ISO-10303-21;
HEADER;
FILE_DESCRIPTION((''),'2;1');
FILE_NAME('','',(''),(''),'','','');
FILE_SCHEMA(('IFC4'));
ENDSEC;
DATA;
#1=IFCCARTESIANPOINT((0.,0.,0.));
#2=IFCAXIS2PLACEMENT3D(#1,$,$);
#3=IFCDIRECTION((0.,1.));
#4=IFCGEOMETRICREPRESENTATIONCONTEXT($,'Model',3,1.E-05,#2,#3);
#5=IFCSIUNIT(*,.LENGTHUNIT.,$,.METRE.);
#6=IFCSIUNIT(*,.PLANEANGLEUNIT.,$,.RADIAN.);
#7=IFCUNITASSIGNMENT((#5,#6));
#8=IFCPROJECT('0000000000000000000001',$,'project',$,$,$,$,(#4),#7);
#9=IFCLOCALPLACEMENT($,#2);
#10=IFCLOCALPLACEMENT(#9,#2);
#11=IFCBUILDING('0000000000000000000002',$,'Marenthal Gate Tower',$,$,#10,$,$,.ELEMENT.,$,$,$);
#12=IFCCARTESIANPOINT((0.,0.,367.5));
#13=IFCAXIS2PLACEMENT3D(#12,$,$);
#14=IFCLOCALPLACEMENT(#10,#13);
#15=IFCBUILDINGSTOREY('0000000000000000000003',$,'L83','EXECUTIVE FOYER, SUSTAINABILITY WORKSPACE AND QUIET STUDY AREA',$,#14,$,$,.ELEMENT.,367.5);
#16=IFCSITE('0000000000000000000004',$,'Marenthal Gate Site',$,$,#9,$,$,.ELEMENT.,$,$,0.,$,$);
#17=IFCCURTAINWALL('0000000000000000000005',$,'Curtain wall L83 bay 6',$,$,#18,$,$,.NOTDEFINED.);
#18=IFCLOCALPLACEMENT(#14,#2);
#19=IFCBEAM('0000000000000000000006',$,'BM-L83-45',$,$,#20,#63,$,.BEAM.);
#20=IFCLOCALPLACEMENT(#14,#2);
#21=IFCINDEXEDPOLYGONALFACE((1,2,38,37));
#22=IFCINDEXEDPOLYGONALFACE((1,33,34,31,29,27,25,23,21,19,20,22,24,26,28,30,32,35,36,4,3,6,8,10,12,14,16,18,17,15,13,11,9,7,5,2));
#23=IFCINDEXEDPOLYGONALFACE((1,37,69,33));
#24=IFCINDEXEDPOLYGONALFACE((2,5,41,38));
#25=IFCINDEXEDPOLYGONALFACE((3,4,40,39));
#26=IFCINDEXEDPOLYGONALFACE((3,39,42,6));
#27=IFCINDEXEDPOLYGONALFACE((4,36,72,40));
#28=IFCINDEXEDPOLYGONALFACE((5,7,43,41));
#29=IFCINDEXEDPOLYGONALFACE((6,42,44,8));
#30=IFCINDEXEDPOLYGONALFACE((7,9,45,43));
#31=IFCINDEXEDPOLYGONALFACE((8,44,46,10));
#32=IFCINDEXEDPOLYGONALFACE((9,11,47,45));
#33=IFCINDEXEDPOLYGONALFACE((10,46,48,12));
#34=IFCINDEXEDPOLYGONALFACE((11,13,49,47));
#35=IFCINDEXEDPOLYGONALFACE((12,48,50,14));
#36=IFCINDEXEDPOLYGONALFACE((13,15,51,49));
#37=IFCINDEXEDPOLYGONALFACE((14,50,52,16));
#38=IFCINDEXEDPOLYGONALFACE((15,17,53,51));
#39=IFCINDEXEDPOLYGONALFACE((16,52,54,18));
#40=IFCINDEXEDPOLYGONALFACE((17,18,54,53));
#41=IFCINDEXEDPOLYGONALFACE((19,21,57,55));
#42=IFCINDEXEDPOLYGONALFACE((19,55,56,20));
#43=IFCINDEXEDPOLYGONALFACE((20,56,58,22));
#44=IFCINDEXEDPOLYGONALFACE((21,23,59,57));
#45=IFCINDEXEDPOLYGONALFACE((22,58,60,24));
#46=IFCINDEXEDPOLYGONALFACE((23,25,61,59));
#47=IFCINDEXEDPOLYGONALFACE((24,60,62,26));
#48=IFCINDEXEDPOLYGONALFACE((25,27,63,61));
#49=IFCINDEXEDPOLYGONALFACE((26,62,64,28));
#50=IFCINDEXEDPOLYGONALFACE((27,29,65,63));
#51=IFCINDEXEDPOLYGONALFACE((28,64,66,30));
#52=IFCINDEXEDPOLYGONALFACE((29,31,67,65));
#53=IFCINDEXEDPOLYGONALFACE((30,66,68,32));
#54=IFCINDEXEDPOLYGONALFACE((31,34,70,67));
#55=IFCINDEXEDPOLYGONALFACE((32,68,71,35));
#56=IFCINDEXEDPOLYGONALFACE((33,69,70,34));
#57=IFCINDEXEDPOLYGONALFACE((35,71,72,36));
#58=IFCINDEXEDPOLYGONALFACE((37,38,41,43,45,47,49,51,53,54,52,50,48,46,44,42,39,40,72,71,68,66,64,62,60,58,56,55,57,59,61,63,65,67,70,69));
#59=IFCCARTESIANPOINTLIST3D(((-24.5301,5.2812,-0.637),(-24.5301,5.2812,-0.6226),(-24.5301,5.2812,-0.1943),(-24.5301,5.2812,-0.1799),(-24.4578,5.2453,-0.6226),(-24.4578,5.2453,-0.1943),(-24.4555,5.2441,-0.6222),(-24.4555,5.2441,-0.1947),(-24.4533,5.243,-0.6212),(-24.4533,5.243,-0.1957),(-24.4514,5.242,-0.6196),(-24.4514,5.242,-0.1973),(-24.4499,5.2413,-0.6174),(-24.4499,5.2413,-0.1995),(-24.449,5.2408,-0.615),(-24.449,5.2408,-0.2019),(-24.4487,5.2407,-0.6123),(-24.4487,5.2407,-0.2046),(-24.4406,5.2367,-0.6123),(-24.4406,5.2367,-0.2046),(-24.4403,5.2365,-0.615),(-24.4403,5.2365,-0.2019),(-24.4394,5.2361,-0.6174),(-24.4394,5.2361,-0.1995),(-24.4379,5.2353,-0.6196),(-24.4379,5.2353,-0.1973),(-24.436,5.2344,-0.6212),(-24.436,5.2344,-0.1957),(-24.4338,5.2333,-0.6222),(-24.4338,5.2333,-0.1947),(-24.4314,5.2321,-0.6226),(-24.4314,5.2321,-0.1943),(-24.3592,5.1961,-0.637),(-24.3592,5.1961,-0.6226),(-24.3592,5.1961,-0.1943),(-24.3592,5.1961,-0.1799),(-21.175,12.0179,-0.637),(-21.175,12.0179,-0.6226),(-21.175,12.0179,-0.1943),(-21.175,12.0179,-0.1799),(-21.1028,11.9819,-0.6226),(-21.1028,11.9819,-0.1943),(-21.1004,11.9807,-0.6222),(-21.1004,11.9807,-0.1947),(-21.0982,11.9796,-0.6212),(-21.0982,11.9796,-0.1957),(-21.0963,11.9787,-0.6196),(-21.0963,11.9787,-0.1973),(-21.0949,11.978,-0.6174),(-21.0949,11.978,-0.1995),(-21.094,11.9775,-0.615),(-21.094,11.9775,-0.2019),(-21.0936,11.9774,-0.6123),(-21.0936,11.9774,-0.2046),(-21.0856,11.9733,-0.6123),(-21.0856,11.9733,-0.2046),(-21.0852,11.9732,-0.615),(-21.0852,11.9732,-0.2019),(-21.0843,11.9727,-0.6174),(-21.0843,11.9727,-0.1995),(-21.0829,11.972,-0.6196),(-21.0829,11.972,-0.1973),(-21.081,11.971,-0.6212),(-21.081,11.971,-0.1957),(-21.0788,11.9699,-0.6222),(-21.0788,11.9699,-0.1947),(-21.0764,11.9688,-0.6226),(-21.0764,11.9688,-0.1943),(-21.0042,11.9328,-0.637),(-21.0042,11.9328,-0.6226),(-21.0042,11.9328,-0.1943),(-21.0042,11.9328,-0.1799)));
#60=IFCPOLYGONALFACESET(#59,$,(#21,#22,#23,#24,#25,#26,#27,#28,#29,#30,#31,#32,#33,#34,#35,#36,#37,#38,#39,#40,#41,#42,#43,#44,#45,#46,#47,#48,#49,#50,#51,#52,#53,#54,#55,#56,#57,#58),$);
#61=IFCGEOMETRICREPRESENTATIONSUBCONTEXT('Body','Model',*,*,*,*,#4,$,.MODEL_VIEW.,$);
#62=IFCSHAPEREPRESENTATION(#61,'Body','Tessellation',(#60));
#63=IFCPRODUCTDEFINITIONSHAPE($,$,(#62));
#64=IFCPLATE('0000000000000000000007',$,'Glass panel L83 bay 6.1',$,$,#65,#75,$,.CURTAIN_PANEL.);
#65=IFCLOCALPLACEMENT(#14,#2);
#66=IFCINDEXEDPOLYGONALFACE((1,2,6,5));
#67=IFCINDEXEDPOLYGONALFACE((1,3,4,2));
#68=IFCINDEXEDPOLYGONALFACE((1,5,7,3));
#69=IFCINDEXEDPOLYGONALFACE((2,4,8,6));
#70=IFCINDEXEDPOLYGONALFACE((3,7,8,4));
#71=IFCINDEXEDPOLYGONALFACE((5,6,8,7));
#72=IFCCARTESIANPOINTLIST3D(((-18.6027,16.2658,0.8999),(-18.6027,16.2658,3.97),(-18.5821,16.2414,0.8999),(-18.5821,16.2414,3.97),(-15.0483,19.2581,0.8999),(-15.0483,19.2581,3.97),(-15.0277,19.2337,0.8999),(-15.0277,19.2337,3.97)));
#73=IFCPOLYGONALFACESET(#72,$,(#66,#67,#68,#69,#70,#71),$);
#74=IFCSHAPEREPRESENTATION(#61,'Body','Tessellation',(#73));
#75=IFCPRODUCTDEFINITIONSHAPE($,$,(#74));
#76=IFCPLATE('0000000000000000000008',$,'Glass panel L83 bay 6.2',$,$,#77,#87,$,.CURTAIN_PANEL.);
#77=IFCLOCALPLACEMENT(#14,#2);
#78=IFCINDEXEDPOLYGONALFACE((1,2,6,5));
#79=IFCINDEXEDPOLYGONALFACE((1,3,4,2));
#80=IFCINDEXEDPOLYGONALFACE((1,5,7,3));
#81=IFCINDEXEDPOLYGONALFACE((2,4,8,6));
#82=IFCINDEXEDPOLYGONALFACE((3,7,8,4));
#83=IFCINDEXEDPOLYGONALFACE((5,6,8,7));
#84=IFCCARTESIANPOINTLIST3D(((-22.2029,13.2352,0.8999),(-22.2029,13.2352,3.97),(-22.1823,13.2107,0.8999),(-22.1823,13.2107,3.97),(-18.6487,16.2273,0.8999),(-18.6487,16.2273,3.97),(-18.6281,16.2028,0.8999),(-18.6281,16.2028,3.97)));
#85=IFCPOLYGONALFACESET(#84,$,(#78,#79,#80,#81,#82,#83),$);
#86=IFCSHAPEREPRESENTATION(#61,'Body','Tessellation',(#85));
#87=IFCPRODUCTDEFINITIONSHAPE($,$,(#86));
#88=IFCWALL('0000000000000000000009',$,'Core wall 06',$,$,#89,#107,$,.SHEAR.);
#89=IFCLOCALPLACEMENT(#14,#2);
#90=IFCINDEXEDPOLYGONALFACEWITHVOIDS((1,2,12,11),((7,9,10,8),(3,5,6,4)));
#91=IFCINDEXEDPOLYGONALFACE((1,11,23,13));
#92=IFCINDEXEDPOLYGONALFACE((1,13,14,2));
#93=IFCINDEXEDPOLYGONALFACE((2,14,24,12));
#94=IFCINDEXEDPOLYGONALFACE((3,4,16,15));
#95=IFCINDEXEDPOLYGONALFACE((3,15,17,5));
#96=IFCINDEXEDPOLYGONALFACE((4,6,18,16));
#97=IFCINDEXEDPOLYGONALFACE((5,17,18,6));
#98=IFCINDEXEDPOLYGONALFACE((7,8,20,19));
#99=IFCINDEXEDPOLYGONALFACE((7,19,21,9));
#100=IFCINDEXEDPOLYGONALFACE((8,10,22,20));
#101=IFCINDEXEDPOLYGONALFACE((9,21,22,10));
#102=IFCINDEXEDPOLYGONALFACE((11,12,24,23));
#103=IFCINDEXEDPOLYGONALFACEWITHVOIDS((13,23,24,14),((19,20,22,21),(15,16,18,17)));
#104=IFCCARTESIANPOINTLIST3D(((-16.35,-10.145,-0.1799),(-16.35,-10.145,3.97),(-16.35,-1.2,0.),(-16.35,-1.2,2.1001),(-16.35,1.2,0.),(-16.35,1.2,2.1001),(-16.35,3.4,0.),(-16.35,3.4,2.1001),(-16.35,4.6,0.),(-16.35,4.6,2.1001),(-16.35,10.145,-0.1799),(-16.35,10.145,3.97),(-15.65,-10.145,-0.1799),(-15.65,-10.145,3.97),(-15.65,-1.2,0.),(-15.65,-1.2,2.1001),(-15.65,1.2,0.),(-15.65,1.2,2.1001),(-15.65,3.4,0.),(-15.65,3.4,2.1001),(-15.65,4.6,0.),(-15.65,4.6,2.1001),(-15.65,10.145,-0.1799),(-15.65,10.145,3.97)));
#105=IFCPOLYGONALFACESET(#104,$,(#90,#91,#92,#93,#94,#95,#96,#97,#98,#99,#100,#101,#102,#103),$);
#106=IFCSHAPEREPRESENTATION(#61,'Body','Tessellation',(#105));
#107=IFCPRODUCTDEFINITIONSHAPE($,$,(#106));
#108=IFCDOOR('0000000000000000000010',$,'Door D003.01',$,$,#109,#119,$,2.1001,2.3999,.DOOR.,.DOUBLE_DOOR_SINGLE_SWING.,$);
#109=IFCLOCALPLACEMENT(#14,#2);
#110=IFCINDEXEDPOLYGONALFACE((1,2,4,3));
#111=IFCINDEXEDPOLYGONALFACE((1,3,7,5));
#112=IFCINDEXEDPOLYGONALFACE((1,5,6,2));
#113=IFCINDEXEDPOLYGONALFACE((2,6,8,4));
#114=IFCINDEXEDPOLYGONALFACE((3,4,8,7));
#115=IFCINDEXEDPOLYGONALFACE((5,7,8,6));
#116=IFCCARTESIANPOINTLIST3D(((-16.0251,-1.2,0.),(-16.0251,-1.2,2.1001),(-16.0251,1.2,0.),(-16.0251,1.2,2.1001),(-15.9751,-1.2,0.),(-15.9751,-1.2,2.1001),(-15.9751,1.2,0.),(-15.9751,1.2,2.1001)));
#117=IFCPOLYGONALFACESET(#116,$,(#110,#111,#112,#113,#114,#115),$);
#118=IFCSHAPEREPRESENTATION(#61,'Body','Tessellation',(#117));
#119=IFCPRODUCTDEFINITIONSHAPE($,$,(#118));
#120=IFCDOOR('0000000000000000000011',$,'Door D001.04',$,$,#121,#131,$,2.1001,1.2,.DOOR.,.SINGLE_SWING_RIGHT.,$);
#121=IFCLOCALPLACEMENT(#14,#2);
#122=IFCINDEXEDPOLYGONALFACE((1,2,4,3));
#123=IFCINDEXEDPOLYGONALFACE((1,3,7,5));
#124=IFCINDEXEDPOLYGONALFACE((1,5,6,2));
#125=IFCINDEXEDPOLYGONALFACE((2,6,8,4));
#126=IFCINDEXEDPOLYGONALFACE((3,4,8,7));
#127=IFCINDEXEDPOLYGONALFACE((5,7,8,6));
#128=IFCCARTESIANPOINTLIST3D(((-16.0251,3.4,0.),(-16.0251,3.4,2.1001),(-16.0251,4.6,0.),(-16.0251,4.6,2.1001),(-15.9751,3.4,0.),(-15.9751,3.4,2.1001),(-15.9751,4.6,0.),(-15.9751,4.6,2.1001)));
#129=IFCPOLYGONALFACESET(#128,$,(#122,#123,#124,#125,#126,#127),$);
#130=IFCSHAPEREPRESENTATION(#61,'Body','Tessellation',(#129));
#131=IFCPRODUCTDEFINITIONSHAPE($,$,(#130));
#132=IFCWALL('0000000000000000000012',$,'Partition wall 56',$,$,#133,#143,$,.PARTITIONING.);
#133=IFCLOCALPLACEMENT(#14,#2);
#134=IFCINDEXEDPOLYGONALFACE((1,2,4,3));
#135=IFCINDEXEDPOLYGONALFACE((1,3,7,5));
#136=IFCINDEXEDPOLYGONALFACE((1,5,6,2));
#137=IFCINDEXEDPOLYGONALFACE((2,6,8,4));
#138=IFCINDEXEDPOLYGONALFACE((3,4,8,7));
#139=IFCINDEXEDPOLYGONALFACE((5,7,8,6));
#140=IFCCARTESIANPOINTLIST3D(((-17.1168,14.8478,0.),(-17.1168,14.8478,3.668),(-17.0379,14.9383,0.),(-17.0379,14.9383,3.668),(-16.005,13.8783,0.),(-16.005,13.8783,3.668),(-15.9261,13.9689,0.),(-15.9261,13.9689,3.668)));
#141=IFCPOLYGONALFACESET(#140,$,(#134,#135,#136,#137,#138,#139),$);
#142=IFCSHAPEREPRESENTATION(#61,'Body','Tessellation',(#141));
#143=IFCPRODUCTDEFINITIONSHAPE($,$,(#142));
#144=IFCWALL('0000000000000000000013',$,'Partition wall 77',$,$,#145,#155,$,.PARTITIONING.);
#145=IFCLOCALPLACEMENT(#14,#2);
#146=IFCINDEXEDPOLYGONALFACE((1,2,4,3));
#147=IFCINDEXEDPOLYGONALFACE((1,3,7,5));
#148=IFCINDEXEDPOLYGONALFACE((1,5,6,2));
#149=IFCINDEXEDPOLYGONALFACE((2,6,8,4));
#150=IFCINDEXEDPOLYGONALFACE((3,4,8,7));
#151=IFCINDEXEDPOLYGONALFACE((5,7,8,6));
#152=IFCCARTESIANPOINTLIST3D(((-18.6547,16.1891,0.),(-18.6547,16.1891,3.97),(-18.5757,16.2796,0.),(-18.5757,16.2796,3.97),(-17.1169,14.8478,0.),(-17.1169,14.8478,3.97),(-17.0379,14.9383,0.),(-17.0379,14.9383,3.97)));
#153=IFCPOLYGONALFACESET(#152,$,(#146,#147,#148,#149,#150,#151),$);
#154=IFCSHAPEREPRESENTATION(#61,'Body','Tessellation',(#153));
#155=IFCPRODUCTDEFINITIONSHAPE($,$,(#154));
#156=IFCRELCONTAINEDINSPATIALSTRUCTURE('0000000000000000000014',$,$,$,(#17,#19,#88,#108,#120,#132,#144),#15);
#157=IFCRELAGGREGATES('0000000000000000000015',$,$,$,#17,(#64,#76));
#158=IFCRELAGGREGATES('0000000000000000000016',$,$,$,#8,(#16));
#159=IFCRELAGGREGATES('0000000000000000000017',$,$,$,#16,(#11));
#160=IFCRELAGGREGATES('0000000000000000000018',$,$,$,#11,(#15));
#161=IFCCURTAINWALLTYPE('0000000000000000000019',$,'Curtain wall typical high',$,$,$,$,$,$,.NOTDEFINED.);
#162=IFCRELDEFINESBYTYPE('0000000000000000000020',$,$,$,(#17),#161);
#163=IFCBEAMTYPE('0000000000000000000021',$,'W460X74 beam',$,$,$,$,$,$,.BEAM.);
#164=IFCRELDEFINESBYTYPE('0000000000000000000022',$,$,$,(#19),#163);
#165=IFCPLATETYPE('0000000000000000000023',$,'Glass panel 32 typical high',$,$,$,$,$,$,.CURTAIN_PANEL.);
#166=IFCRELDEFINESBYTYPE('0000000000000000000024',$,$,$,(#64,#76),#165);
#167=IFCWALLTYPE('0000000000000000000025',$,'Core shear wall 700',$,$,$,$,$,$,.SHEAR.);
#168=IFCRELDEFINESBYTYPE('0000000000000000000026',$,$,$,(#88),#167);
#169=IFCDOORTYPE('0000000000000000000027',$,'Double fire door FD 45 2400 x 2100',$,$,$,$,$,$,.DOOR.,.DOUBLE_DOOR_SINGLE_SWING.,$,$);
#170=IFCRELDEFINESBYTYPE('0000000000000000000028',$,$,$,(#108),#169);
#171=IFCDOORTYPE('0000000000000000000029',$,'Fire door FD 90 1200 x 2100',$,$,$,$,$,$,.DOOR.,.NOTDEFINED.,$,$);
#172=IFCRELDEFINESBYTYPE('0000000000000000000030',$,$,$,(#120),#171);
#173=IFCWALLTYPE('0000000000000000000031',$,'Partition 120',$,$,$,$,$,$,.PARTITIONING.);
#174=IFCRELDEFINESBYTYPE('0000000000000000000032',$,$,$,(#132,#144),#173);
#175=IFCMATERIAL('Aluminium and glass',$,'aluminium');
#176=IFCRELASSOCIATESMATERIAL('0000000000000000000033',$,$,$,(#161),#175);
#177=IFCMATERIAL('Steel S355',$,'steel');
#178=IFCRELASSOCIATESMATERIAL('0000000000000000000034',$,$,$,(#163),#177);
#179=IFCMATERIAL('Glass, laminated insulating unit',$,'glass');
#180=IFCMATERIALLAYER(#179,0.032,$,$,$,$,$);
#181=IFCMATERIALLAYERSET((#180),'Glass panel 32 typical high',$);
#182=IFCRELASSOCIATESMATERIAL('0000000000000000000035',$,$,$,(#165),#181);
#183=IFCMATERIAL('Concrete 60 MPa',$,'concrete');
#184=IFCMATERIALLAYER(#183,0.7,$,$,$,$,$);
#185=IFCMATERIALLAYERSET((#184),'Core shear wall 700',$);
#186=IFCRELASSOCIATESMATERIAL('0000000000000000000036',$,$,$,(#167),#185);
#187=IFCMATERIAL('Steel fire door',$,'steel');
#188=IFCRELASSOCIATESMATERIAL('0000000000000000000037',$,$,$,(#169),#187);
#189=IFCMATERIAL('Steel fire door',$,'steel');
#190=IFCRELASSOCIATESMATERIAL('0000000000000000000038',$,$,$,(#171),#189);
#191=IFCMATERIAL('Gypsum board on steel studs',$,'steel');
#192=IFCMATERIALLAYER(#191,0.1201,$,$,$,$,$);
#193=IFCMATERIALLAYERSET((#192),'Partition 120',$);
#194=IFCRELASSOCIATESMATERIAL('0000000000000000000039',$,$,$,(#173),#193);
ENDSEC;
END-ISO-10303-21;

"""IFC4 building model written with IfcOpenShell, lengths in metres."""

from ifc_helpers import new_model, si_unit, direction, frame, frame_2d, origin, origin_2d, place, context, subcontext, project, spatial, rectangle, i_section, extrude, material, layer, layer_set, material_profile, profile_set, type_object, element, fill, aggregate, save


model = new_model("IFC4")

# Units and contexts
model_context = context("Model", 3, precision=1e-05, world=origin(), true_north=direction((0.0, 1.0)))
body_context = subcontext(model_context, "Body", "Model", "MODEL_VIEW")
ifc_project = project(units=[si_unit("LENGTHUNIT", "METRE"), si_unit("PLANEANGLEUNIT", "RADIAN")], contexts=[model_context])

# Site, building, storey
site_placement = place(None, origin())
site = spatial("IfcSite", under=ifc_project, at=site_placement, Name="Marenthal Gate Site", CompositionType="ELEMENT", RefElevation=0.0)
building_placement = place(site_placement, origin())
building = spatial("IfcBuilding", under=site, at=building_placement, Name="Marenthal Gate Tower", CompositionType="ELEMENT")
storey_placement = place(building_placement, frame((0.0, 0.0, 367.5)))
storey = spatial("IfcBuildingStorey", under=building, at=storey_placement, Name="L83", Description="EXECUTIVE FOYER, SUSTAINABILITY WORKSPACE AND QUIET STUDY AREA", CompositionType="ELEMENT", Elevation=367.5)

# Curtain wall
ifc_material_1 = material(Name="Aluminium and glass", Category="aluminium")
curtain_wall_type = type_object("IfcCurtainWallType", Name="Curtain wall typical high", PredefinedType="NOTDEFINED", material=ifc_material_1)
curtain_wall_placement = place(storey_placement, origin())
curtain_wall = element("IfcCurtainWall", 1, at=curtain_wall_placement, inside=storey, type_object=curtain_wall_type, Name="Curtain wall L83 bay 6", PredefinedType="NOTDEFINED")

# Beam
ifc_material_2 = material(Name="Steel S355", Category="steel")
ifc_material_profile_1 = material_profile(ifc_material_2, i_section(OverallWidth=0.1909, OverallDepth=0.457, WebThickness=0.009, FlangeThickness=0.0144, FilletRadius=0.0103, at=origin_2d()), Name="W460X74")
ifc_profile_set_1 = profile_set([ifc_material_profile_1], Name="Steel S355")
beam_type_1 = type_object("IfcBeamType", Name="W460X74 beam", PredefinedType="BEAM", material=ifc_profile_set_1)
beam_1_placement = place(storey_placement, frame((-21.0896, 11.9753, -0.4084), z_axis=(-0.445799, -0.895133, 0.0), x_axis=(0.895133, -0.445799, 0.0)))
element("IfcBeam", 2, at=beam_1_placement, inside=storey, type_object=beam_type_1, Name="BM-L83-45", PredefinedType="BEAM", context=body_context, shape_type="SweptSolid", body=[
    extrude(i_section(OverallWidth=0.1909, OverallDepth=0.457, WebThickness=0.009, FlangeThickness=0.0144, FilletRadius=0.0103, at=origin_2d()), origin(), (0.0, 0.0, 1.0), 7.5259),
])

# Plates
ifc_material_3 = material(Name="Glass, laminated insulating unit", Category="glass")
ifc_layer_1 = layer(ifc_material_3, 0.032)
ifc_layer_set_1 = layer_set([ifc_layer_1], Name="Glass panel 32 typical high")
plate_type = type_object("IfcPlateType", Name="Glass panel 32 typical high", PredefinedType="CURTAIN_PANEL", material=ifc_layer_set_1)
plate_1_placement = place(storey_placement, frame((-16.8152, 17.7498, 0.8999), z_axis=(0.0, 0.0, 1.0), x_axis=(-0.765006, -0.644023, 0.0)))
plate_1 = element("IfcPlate", 3, at=plate_1_placement, type_object=plate_type, Name="Glass panel L83 bay 6.1", PredefinedType="CURTAIN_PANEL", context=body_context, shape_type="SweptSolid", body=[
    extrude(rectangle(XDim=4.6462, YDim=0.032, at=origin_2d()), origin(), (0.0, 0.0, 1.0), 3.0701),
])
plate_2_placement = place(storey_placement, frame((-20.4155, 14.719, 0.8999), z_axis=(0.0, 0.0, 1.0), x_axis=(-0.765006, -0.644023, 0.0)))
plate_2 = element("IfcPlate", 4, at=plate_2_placement, type_object=plate_type, Name="Glass panel L83 bay 6.2", PredefinedType="CURTAIN_PANEL", context=body_context, shape_type="SweptSolid", body=[
    extrude(rectangle(XDim=4.646, YDim=0.032, at=origin_2d()), origin(), (0.0, 0.0, 1.0), 3.0701),
])
aggregate(curtain_wall, [plate_1, plate_2])

# Wall, openings, doors
ifc_material_4 = material(Name="Concrete 60 MPa", Category="concrete")
ifc_layer_2 = layer(ifc_material_4, 0.7)
ifc_layer_set_2 = layer_set([ifc_layer_2], Name="Core shear wall 700")
wall_type_1 = type_object("IfcWallType", Name="Core shear wall 700", PredefinedType="SHEAR", material=ifc_layer_set_2)
wall_1_placement = place(storey_placement, frame((-16.0, 10.145, -0.1799), z_axis=(0.0, 0.0, 1.0), x_axis=(0.0, -1.0, 0.0)))
wall_1 = element("IfcWall", 5, at=wall_1_placement, inside=storey, type_object=wall_type_1, Name="Core wall 06", PredefinedType="SHEAR", context=body_context, shape_type="SweptSolid", body=[
    extrude(rectangle(XDim=20.29, YDim=0.7, at=frame_2d((10.145, 0.0))), origin(), (0.0, 0.0, 1.0), 4.1499),
])
opening_1_placement = place(wall_1_placement, frame((8.9451, 0.0, 0.1799)))
opening_1 = element("IfcOpeningElement", 6, at=opening_1_placement, cuts=wall_1, PredefinedType="OPENING", context=body_context, shape_type="SweptSolid", body=[
    extrude(rectangle(XDim=2.3999, YDim=2.1001, at=frame_2d((1.2, 1.05))), frame((0.0, 0.3599, 0.0), z_axis=(0.0, -1.0, 0.0), x_axis=(1.0, 0.0, 0.0)), (0.0, 0.0, 1.0), 0.72),
])
opening_2_placement = place(wall_1_placement, frame((5.5449, 0.0, 0.1799)))
opening_2 = element("IfcOpeningElement", 7, at=opening_2_placement, cuts=wall_1, PredefinedType="OPENING", context=body_context, shape_type="SweptSolid", body=[
    extrude(rectangle(XDim=1.2, YDim=2.1001, at=frame_2d((0.6001, 1.05))), frame((0.0, 0.3599, 0.0), z_axis=(0.0, -1.0, 0.0), x_axis=(1.0, 0.0, 0.0)), (0.0, 0.0, 1.0), 0.72),
])
ifc_material_5 = material(Name="Steel fire door", Category="steel")
door_type_1 = type_object("IfcDoorType", Name="Double fire door FD 45 2400 x 2100", OperationType="DOUBLE_DOOR_SINGLE_SWING", PredefinedType="DOOR", material=ifc_material_5)
door_1_placement = place(opening_1_placement, origin())
door_1 = element("IfcDoor", 8, at=door_1_placement, inside=storey, type_object=door_type_1, Name="Door D003.01", OperationType="DOUBLE_DOOR_SINGLE_SWING", OverallHeight=2.1001, OverallWidth=2.3999, PredefinedType="DOOR", context=body_context, shape_type="SweptSolid", body=[
    extrude(rectangle(XDim=2.3999, YDim=2.1001, at=frame_2d((1.2, 1.05))), frame((0.0, 0.0249, 0.0), z_axis=(0.0, -1.0, 0.0), x_axis=(1.0, 0.0, 0.0)), (0.0, 0.0, 1.0), 0.05),
])
fill(opening_1, door_1)
ifc_material_6 = material(Name="Steel fire door", Category="steel")
door_type_2 = type_object("IfcDoorType", Name="Fire door FD 90 1200 x 2100", OperationType="NOTDEFINED", PredefinedType="DOOR", material=ifc_material_6)
door_2_placement = place(opening_2_placement, origin())
door_2 = element("IfcDoor", 9, at=door_2_placement, inside=storey, type_object=door_type_2, Name="Door D001.04", OperationType="SINGLE_SWING_RIGHT", OverallHeight=2.1001, OverallWidth=1.2, PredefinedType="DOOR", context=body_context, shape_type="SweptSolid", body=[
    extrude(rectangle(XDim=1.2, YDim=2.1001, at=frame_2d((0.6001, 1.05))), frame((0.0, 0.0249, 0.0), z_axis=(0.0, -1.0, 0.0), x_axis=(1.0, 0.0, 0.0)), (0.0, 0.0, 1.0), 0.05),
])
fill(opening_2, door_2)

# Walls
ifc_material_7 = material(Name="Gypsum board on steel studs", Category="steel")
ifc_layer_3 = layer(ifc_material_7, 0.1201)
ifc_layer_set_3 = layer_set([ifc_layer_3], Name="Partition 120")
wall_type_2 = type_object("IfcWallType", Name="Partition 120", PredefinedType="PARTITIONING", material=ifc_layer_set_3)
wall_2_placement = place(storey_placement, frame((-15.9656, 13.9236, 0.0), z_axis=(0.0, 0.0, 1.0), x_axis=(-0.753703, 0.657215, 0.0)))
element("IfcWall", 10, at=wall_2_placement, inside=storey, type_object=wall_type_2, Name="Partition wall 56", PredefinedType="PARTITIONING", context=body_context, shape_type="SweptSolid", body=[
    extrude(rectangle(XDim=1.4751, YDim=0.1201, at=frame_2d((0.7375, 0.0))), origin(), (0.0, 0.0, 1.0), 3.668),
])
wall_3_placement = place(storey_placement, frame((-17.0774, 14.8931, 0.0), z_axis=(0.0, 0.0, 1.0), x_axis=(-0.753621, 0.657309, 0.0)))
element("IfcWall", 11, at=wall_3_placement, inside=storey, type_object=wall_type_2, Name="Partition wall 77", PredefinedType="PARTITIONING", context=body_context, shape_type="SweptSolid", body=[
    extrude(rectangle(XDim=2.0405, YDim=0.1201, at=frame_2d((1.0203, 0.0))), origin(), (0.0, 0.0, 1.0), 3.97),
])

save(model, "model.ifc")
